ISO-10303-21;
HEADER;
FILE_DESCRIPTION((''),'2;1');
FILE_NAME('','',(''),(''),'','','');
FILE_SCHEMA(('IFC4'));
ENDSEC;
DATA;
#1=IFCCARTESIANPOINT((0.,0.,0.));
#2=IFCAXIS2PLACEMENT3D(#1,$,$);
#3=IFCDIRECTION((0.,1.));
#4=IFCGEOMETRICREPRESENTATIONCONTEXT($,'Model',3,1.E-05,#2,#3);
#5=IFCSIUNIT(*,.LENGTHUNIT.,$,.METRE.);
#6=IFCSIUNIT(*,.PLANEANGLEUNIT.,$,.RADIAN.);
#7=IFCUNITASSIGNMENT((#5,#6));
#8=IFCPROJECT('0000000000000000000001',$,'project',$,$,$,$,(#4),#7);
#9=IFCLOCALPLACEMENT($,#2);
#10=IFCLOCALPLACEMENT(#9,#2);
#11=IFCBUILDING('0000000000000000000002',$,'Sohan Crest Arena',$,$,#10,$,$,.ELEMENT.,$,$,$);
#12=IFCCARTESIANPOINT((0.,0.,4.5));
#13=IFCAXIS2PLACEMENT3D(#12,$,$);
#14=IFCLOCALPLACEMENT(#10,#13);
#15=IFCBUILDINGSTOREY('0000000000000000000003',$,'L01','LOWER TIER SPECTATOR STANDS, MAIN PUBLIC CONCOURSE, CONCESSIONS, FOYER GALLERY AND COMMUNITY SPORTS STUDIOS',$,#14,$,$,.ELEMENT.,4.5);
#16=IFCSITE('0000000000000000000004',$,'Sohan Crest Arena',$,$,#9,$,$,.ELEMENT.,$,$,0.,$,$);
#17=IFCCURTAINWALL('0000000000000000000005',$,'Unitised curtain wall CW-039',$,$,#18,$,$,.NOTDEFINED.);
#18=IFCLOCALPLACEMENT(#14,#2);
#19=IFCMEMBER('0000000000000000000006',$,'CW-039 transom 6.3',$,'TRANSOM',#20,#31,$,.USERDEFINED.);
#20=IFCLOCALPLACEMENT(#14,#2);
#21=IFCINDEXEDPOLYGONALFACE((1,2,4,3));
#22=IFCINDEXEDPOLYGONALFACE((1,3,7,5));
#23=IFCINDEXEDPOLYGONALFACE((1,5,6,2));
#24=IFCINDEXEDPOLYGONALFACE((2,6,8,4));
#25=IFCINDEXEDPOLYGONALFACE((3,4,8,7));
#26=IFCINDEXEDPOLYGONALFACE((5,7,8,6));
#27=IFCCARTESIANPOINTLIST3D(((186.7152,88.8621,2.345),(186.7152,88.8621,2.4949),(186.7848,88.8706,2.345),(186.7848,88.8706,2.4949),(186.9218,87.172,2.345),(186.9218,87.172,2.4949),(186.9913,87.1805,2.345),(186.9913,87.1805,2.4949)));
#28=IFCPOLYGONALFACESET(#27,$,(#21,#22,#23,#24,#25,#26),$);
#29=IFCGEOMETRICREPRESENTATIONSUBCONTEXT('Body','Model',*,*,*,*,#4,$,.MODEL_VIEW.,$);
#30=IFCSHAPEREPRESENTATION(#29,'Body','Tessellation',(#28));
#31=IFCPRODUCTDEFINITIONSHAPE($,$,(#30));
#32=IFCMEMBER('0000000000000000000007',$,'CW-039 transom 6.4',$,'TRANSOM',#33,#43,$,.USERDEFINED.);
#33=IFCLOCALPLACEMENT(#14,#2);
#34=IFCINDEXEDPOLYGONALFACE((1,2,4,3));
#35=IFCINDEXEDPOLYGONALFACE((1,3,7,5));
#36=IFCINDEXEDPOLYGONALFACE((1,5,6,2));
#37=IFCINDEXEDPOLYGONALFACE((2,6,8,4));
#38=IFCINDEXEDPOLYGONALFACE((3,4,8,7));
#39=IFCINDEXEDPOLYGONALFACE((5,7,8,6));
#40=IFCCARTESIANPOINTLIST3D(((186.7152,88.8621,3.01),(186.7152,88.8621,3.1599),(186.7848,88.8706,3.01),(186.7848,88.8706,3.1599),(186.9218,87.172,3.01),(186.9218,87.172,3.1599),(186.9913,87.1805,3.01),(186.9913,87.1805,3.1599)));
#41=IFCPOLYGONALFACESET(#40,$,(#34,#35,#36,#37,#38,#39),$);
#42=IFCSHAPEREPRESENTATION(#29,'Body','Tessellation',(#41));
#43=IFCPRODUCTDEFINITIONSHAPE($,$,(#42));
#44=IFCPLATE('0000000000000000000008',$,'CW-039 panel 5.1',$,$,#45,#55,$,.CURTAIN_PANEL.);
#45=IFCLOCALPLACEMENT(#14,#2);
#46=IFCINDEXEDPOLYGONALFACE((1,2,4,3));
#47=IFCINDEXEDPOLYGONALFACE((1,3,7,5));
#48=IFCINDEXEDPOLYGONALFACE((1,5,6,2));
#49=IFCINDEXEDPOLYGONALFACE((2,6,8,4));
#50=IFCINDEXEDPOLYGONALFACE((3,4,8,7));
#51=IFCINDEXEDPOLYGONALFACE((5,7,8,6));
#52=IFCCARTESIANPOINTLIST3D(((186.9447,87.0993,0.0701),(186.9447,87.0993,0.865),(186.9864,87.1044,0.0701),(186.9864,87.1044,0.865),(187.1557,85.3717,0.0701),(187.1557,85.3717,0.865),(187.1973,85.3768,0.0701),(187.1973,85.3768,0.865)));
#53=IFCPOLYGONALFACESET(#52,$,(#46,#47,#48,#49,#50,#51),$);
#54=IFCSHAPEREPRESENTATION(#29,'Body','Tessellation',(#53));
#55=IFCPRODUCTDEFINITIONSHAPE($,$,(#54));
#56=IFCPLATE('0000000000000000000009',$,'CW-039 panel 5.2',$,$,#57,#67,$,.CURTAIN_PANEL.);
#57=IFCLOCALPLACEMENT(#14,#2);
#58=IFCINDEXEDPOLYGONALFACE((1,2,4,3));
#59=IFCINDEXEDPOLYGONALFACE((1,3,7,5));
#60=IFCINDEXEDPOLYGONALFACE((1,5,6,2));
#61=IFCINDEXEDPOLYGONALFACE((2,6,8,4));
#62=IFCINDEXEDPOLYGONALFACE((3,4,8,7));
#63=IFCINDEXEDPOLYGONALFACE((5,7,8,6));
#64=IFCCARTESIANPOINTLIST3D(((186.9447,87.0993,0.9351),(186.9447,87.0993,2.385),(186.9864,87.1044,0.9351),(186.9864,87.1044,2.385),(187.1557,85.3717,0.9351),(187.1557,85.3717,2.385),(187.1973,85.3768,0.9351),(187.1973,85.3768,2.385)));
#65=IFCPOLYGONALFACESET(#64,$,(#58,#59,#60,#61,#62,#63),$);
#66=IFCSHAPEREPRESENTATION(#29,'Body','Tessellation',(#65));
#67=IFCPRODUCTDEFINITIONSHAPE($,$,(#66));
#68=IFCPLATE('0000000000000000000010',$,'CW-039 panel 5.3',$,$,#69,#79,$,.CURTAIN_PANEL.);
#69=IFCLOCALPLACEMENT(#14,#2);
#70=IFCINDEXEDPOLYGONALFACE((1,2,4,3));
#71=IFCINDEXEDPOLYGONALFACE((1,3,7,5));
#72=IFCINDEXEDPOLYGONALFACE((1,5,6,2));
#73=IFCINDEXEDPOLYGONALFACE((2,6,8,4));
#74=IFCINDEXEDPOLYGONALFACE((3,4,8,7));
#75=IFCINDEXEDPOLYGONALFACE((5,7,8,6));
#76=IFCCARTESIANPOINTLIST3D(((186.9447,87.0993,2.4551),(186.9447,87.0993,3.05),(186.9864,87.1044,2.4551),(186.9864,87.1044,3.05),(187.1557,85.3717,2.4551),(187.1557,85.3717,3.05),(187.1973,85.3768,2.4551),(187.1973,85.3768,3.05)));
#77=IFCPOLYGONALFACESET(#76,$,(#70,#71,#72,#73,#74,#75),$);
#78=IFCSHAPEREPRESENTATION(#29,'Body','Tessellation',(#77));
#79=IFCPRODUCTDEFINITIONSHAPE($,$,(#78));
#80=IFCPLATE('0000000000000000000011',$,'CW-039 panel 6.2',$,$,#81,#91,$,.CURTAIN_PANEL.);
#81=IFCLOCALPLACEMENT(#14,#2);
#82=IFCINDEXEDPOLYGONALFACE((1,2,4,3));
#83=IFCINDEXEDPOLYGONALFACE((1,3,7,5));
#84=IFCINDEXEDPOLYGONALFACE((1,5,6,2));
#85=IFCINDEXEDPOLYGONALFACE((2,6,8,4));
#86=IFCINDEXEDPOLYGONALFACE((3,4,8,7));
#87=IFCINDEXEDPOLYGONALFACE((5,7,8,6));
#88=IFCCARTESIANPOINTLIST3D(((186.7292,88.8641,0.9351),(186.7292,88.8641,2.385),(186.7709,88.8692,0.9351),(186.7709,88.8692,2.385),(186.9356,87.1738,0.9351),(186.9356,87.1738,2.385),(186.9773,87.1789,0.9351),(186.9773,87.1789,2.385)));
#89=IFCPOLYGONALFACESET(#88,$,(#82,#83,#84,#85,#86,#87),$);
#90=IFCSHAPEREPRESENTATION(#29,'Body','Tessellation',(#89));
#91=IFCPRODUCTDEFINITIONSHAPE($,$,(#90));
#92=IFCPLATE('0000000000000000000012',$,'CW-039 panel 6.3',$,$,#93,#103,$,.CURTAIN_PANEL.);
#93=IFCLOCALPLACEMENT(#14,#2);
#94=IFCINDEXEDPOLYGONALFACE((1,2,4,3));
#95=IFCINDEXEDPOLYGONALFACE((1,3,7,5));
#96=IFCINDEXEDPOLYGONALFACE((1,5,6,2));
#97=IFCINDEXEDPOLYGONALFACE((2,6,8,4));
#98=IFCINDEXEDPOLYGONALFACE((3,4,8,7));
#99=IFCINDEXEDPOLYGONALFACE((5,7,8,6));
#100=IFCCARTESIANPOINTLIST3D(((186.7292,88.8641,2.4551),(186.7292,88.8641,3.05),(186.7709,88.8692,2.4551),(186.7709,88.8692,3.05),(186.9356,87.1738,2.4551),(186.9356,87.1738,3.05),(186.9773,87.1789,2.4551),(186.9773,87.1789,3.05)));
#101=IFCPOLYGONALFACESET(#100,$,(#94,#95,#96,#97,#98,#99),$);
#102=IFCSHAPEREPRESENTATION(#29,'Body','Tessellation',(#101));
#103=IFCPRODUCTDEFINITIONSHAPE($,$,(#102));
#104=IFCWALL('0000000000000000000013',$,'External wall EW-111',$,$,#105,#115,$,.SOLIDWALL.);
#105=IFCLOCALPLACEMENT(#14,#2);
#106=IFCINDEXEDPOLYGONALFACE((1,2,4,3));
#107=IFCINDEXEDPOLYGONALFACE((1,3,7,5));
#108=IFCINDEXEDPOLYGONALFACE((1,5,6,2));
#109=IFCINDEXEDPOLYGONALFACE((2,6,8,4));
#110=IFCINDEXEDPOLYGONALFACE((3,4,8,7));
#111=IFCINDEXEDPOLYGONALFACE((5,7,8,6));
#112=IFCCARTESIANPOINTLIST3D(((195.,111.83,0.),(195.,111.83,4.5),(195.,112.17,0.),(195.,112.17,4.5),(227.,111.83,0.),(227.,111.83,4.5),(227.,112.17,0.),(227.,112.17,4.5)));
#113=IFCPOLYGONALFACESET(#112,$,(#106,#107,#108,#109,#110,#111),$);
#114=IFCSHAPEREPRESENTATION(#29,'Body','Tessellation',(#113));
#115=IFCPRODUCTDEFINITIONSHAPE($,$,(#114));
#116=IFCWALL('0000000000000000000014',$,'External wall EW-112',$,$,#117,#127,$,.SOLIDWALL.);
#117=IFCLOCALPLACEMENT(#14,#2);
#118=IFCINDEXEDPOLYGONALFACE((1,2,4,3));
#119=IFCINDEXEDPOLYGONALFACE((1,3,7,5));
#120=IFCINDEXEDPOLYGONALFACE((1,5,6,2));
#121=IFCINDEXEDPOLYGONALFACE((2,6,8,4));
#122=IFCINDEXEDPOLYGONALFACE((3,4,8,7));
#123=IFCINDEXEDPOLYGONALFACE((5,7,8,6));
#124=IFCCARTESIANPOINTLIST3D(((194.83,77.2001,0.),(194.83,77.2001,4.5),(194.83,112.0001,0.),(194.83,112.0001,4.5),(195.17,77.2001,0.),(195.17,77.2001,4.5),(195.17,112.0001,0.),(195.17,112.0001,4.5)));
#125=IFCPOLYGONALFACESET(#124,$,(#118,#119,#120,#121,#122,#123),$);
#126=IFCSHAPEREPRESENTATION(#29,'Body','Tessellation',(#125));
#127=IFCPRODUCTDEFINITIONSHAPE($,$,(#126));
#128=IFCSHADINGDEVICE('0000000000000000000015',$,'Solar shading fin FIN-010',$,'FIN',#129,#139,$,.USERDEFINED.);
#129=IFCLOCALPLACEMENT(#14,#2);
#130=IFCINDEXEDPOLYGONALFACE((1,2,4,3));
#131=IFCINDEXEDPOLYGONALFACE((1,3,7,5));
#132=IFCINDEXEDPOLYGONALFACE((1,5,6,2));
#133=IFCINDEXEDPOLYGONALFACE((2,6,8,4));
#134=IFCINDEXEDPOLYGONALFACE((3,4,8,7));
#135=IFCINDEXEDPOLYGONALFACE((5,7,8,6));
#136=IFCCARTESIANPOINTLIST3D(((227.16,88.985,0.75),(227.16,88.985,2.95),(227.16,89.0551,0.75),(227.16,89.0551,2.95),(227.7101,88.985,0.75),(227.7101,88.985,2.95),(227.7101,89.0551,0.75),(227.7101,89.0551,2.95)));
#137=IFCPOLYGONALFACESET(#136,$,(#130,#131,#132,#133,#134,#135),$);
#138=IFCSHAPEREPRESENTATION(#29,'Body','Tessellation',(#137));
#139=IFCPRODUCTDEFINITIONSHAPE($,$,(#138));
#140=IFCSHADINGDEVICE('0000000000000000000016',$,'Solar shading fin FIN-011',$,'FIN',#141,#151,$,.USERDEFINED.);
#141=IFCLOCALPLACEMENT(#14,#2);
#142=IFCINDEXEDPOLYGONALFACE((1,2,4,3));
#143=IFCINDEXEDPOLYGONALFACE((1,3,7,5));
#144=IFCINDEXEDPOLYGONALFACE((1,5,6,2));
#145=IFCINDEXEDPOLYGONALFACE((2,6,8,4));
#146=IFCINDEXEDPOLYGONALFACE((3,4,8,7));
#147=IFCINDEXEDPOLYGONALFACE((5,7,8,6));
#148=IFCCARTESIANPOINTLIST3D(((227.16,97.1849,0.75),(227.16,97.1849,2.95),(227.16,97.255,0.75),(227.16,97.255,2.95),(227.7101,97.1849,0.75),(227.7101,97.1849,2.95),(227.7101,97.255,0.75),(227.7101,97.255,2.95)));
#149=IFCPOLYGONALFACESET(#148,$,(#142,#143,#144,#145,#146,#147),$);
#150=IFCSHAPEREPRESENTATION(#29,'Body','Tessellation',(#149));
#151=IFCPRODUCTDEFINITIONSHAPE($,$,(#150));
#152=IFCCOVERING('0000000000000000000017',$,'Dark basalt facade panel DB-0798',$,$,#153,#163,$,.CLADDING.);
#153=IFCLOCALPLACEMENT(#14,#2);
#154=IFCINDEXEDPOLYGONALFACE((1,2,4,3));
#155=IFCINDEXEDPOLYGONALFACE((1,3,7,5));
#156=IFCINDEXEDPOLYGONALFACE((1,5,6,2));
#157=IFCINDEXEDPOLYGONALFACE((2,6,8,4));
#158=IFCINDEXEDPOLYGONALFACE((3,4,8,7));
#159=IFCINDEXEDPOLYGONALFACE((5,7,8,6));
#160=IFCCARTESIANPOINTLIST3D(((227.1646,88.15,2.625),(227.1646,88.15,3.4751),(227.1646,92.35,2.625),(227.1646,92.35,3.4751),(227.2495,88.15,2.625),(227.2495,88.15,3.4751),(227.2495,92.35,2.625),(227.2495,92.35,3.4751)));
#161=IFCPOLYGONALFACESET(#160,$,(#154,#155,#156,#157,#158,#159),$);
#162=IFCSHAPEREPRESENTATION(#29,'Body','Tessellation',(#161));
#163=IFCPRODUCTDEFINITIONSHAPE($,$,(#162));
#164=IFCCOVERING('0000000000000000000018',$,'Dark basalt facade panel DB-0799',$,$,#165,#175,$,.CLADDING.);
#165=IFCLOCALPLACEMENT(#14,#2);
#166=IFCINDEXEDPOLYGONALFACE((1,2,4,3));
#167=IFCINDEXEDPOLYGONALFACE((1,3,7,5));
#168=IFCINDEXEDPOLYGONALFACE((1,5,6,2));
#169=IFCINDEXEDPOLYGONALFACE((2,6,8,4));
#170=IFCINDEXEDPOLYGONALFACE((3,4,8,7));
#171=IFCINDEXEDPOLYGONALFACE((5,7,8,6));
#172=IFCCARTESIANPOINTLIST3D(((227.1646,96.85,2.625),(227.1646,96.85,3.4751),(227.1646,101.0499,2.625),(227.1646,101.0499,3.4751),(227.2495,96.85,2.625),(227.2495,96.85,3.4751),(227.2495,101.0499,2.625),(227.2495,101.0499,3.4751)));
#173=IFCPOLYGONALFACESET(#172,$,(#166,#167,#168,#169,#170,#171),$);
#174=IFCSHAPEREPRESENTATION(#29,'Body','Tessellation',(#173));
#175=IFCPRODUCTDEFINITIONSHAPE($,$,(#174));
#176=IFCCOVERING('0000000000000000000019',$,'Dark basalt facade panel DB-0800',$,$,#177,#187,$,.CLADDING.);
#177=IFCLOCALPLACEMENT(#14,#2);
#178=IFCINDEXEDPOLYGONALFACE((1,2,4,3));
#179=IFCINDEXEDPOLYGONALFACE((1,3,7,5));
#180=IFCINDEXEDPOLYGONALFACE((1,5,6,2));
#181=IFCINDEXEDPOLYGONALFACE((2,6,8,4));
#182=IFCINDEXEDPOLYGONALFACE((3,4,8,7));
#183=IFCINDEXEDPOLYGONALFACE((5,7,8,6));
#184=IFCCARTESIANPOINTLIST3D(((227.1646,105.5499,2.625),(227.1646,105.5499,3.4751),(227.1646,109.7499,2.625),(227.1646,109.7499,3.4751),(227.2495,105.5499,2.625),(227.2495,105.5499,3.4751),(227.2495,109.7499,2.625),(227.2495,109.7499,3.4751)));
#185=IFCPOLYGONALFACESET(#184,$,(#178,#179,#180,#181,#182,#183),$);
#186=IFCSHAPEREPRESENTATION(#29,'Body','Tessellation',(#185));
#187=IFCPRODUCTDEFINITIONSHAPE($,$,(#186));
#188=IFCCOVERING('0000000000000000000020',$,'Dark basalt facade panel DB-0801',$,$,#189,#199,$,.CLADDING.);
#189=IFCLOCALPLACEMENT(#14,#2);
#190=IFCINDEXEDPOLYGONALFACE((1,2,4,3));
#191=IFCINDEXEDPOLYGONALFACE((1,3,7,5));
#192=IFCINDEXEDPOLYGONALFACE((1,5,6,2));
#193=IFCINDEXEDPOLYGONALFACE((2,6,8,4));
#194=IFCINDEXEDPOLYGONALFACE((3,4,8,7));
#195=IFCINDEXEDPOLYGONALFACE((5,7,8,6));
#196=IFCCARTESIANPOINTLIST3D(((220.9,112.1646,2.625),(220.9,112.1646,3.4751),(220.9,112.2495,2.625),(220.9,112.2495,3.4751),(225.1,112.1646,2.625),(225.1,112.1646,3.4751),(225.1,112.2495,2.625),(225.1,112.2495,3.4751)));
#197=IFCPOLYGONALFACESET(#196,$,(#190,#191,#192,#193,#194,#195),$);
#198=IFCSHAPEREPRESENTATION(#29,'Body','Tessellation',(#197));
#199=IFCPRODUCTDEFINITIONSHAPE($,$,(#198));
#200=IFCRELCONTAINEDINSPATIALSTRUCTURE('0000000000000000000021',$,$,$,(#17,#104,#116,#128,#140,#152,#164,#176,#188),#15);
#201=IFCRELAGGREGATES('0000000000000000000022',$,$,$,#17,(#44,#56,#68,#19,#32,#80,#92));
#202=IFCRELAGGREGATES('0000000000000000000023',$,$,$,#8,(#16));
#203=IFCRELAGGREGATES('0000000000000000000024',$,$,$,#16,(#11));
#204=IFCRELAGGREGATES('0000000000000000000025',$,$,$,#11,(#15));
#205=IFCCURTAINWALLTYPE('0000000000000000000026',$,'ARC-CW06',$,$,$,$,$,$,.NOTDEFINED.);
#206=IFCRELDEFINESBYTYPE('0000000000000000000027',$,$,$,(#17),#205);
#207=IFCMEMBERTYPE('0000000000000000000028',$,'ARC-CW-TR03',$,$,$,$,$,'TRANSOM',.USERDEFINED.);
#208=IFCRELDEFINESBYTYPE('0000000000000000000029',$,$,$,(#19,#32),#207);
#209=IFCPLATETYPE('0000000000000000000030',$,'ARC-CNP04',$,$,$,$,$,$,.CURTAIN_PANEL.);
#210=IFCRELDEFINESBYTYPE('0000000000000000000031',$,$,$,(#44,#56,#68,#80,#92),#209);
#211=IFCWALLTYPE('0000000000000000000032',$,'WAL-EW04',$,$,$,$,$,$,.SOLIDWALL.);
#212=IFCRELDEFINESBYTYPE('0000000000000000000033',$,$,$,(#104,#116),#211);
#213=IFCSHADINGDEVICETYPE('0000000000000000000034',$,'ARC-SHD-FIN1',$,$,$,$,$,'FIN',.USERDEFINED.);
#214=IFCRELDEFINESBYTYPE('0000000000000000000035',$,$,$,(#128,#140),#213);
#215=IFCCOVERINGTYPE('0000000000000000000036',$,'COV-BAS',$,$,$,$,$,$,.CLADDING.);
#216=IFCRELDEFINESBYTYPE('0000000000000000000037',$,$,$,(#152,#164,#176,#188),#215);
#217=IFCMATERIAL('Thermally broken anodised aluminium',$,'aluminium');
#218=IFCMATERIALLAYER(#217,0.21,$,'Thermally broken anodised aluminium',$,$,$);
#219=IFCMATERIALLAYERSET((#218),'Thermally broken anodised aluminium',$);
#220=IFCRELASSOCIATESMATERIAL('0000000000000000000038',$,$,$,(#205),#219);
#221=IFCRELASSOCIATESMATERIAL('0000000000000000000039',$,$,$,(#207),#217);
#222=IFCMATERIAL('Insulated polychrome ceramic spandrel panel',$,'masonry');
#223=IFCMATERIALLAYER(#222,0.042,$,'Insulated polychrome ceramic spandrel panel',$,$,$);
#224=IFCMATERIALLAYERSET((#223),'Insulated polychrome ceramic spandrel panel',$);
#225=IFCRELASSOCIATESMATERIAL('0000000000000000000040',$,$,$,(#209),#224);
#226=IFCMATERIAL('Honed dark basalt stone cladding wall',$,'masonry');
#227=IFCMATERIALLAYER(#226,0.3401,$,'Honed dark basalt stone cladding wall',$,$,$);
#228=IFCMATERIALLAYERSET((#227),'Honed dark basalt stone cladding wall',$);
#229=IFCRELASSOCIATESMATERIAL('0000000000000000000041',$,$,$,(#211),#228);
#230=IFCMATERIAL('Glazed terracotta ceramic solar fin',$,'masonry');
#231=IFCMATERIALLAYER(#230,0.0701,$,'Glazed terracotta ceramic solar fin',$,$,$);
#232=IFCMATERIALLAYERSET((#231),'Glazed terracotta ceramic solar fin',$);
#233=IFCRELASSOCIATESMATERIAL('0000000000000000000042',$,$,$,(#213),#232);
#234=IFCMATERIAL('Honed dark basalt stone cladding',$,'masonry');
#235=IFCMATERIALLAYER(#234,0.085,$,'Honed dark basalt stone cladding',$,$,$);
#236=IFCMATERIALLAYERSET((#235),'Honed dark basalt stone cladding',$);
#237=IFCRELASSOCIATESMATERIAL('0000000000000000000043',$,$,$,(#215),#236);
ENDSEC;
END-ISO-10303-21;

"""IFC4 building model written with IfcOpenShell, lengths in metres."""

from ifc_helpers import new_model, si_unit, direction, frame, frame_2d, origin, origin_2d, place, context, subcontext, project, spatial, rectangle, extrude, material, layer, layer_set, material_profile, profile_set, type_object, element, aggregate, save


model = new_model("IFC4")

# Units and contexts
model_context = context("Model", 3, precision=1e-05, world=origin(), true_north=direction((0.0, 1.0)))
body_context = subcontext(model_context, "Body", "Model", "MODEL_VIEW")
ifc_project = project(units=[si_unit("LENGTHUNIT", "METRE"), si_unit("PLANEANGLEUNIT", "RADIAN")], contexts=[model_context])

# Site, building, storey
site_placement = place(None, origin())
site = spatial("IfcSite", under=ifc_project, at=site_placement, Name="Sohan Crest Arena", CompositionType="ELEMENT", RefElevation=0.0)
building_placement = place(site_placement, origin())
building = spatial("IfcBuilding", under=site, at=building_placement, Name="Sohan Crest Arena", CompositionType="ELEMENT")
storey_placement = place(building_placement, frame((0.0, 0.0, 4.5)))
storey = spatial("IfcBuildingStorey", under=building, at=storey_placement, Name="L01", Description="LOWER TIER SPECTATOR STANDS, MAIN PUBLIC CONCOURSE, CONCESSIONS, FOYER GALLERY AND COMMUNITY SPORTS STUDIOS", CompositionType="ELEMENT", Elevation=4.5)

# Curtain wall, members, plates
ifc_material_1 = material(Name="Thermally broken anodised aluminium", Category="aluminium")
ifc_layer_1 = layer(ifc_material_1, 0.21, Name="Thermally broken anodised aluminium")
ifc_layer_set_1 = layer_set([ifc_layer_1], Name="Thermally broken anodised aluminium")
curtain_wall_type = type_object("IfcCurtainWallType", Name="ARC-CW06", PredefinedType="NOTDEFINED", material=ifc_layer_set_1)
curtain_wall_placement = place(storey_placement, origin())
curtain_wall = element("IfcCurtainWall", 1, at=curtain_wall_placement, inside=storey, type_object=curtain_wall_type, Name="Unitised curtain wall CW-039", PredefinedType="NOTDEFINED")
ifc_material_profile_1 = material_profile(ifc_material_1, rectangle(XDim=0.0701, YDim=0.1499, at=origin_2d()), Name="ALU-TRAN 70x150")
ifc_profile_set_1 = profile_set([ifc_material_profile_1], Name="Thermally broken anodised aluminium")
member_type_1 = type_object("IfcMemberType", Name="ARC-CW-TR03", ElementType="TRANSOM", PredefinedType="USERDEFINED", material=ifc_profile_set_1)
member_1_placement = place(storey_placement, frame((186.9565, 87.1763, 2.4199), z_axis=(-0.121299, 0.992616, 0.0), x_axis=(-0.992616, -0.121299, 0.0)))
member_1 = element("IfcMember", 2, at=member_1_placement, type_object=member_type_1, Name="CW-039 transom 6.3", ObjectType="TRANSOM", PredefinedType="USERDEFINED", context=body_context, shape_type="SweptSolid", body=[
    extrude(rectangle(XDim=0.0701, YDim=0.1499, at=origin_2d()), origin(), (0.0, 0.0, 1.0), 1.7026),
])
member_2_placement = place(storey_placement, frame((186.9565, 87.1763, 3.085), z_axis=(-0.121299, 0.992616, 0.0), x_axis=(-0.992616, -0.121299, 0.0)))
member_2 = element("IfcMember", 3, at=member_2_placement, type_object=member_type_1, Name="CW-039 transom 6.4", ObjectType="TRANSOM", PredefinedType="USERDEFINED", context=body_context, shape_type="SweptSolid", body=[
    extrude(rectangle(XDim=0.0701, YDim=0.1499, at=origin_2d()), origin(), (0.0, 0.0, 1.0), 1.7026),
])
ifc_material_2 = material(Name="Insulated polychrome ceramic spandrel panel", Category="masonry")
ifc_layer_2 = layer(ifc_material_2, 0.042, Name="Insulated polychrome ceramic spandrel panel")
ifc_layer_set_2 = layer_set([ifc_layer_2], Name="Insulated polychrome ceramic spandrel panel")
plate_type = type_object("IfcPlateType", Name="ARC-CNP04", PredefinedType="CURTAIN_PANEL", material=ifc_layer_set_2)
plate_1_placement = place(storey_placement, frame((187.071, 86.238, 0.0701), z_axis=(0.0, 0.0, 1.0), x_axis=(-0.121187, 0.99263, 0.0)))
plate_1 = element("IfcPlate", 4, at=plate_1_placement, type_object=plate_type, Name="CW-039 panel 5.1", PredefinedType="CURTAIN_PANEL", context=body_context, shape_type="SweptSolid", body=[
    extrude(rectangle(XDim=1.7405, YDim=0.042, at=origin_2d()), origin(), (0.0, 0.0, 1.0), 0.7949),
])
plate_2_placement = place(storey_placement, frame((187.071, 86.238, 0.9351), z_axis=(0.0, 0.0, 1.0), x_axis=(-0.121187, 0.99263, 0.0)))
plate_2 = element("IfcPlate", 5, at=plate_2_placement, type_object=plate_type, Name="CW-039 panel 5.2", PredefinedType="CURTAIN_PANEL", context=body_context, shape_type="SweptSolid", body=[
    extrude(rectangle(XDim=1.7405, YDim=0.042, at=origin_2d()), origin(), (0.0, 0.0, 1.0), 1.45),
])
plate_3_placement = place(storey_placement, frame((187.071, 86.238, 2.4551), z_axis=(0.0, 0.0, 1.0), x_axis=(-0.121187, 0.99263, 0.0)))
plate_3 = element("IfcPlate", 6, at=plate_3_placement, type_object=plate_type, Name="CW-039 panel 5.3", PredefinedType="CURTAIN_PANEL", context=body_context, shape_type="SweptSolid", body=[
    extrude(rectangle(XDim=1.7405, YDim=0.042, at=origin_2d()), origin(), (0.0, 0.0, 1.0), 0.595),
])
plate_4_placement = place(storey_placement, frame((186.8533, 88.0215, 0.9351), z_axis=(0.0, 0.0, 1.0), x_axis=(-0.121187, 0.99263, 0.0)))
plate_4 = element("IfcPlate", 7, at=plate_4_placement, type_object=plate_type, Name="CW-039 panel 6.2", PredefinedType="CURTAIN_PANEL", context=body_context, shape_type="SweptSolid", body=[
    extrude(rectangle(XDim=1.7029, YDim=0.042, at=origin_2d()), origin(), (0.0, 0.0, 1.0), 1.45),
])
plate_5_placement = place(storey_placement, frame((186.8533, 88.0215, 2.4551), z_axis=(0.0, 0.0, 1.0), x_axis=(-0.121187, 0.99263, 0.0)))
plate_5 = element("IfcPlate", 8, at=plate_5_placement, type_object=plate_type, Name="CW-039 panel 6.3", PredefinedType="CURTAIN_PANEL", context=body_context, shape_type="SweptSolid", body=[
    extrude(rectangle(XDim=1.7029, YDim=0.042, at=origin_2d()), origin(), (0.0, 0.0, 1.0), 0.595),
])
aggregate(curtain_wall, [plate_1, plate_2, plate_3, member_1, member_2, plate_4, plate_5])

# Walls
ifc_material_3 = material(Name="Honed dark basalt stone cladding wall", Category="masonry")
ifc_layer_3 = layer(ifc_material_3, 0.3401, Name="Honed dark basalt stone cladding wall")
ifc_layer_set_3 = layer_set([ifc_layer_3], Name="Honed dark basalt stone cladding wall")
wall_type = type_object("IfcWallType", Name="WAL-EW04", PredefinedType="SOLIDWALL", material=ifc_layer_set_3)
wall_1_placement = place(storey_placement, frame((227.0, 112.0, 0.0), z_axis=(0.0, 0.0, 1.0), x_axis=(-1.0, 0.0, 0.0)))
element("IfcWall", 9, at=wall_1_placement, inside=storey, type_object=wall_type, Name="External wall EW-111", PredefinedType="SOLIDWALL", context=body_context, shape_type="SweptSolid", body=[
    extrude(rectangle(XDim=32.0, YDim=0.3401, at=frame_2d((16.0, 0.0))), origin(), (0.0, 0.0, 1.0), 4.5),
])
wall_2_placement = place(storey_placement, frame((195.0, 112.0, 0.0), z_axis=(0.0, 0.0, 1.0), x_axis=(0.0, -1.0, 0.0)))
element("IfcWall", 10, at=wall_2_placement, inside=storey, type_object=wall_type, Name="External wall EW-112", PredefinedType="SOLIDWALL", context=body_context, shape_type="SweptSolid", body=[
    extrude(rectangle(XDim=34.8, YDim=0.3401, at=frame_2d((17.3999, 0.0))), origin(), (0.0, 0.0, 1.0), 4.5),
])

# Shading devices
ifc_material_4 = material(Name="Glazed terracotta ceramic solar fin", Category="masonry")
ifc_layer_4 = layer(ifc_material_4, 0.0701, Name="Glazed terracotta ceramic solar fin")
ifc_layer_set_4 = layer_set([ifc_layer_4], Name="Glazed terracotta ceramic solar fin")
shading_device_type = type_object("IfcShadingDeviceType", Name="ARC-SHD-FIN1", ElementType="FIN", PredefinedType="USERDEFINED", material=ifc_layer_set_4)
for number, where, z_axis, x_axis, name in (
    (11, (227.4351, 89.02, 0.75), (0.0, 0.0, 1.0), (0.0, 1.0, 0.0), "Solar shading fin FIN-010"),
    (12, (227.4351, 97.22, 0.75), (0.0, 0.0, 1.0), (0.0, 1.0, 0.0), "Solar shading fin FIN-011"),
):
    element("IfcShadingDevice", number, at=place(storey_placement, frame(where, z_axis=z_axis, x_axis=x_axis)), inside=storey, type_object=shading_device_type, Name=name, ObjectType="FIN", PredefinedType="USERDEFINED", context=body_context, shape_type="SweptSolid", body=[
        extrude(rectangle(XDim=0.0701, YDim=0.55, at=origin_2d()), origin(), (0.0, 0.0, 1.0), 2.2),
    ])

# Coverings
ifc_material_5 = material(Name="Honed dark basalt stone cladding", Category="masonry")
ifc_layer_5 = layer(ifc_material_5, 0.085, Name="Honed dark basalt stone cladding")
ifc_layer_set_5 = layer_set([ifc_layer_5], Name="Honed dark basalt stone cladding")
covering_type_1 = type_object("IfcCoveringType", Name="COV-BAS", PredefinedType="CLADDING", material=ifc_layer_set_5)
for number, where, z_axis, x_axis, name in (
    (13, (227.207, 90.25, 2.625), (0.0, 0.0, 1.0), (0.0, 1.0, 0.0), "Dark basalt facade panel DB-0798"),
    (14, (227.207, 98.95, 2.625), (0.0, 0.0, 1.0), (0.0, 1.0, 0.0), "Dark basalt facade panel DB-0799"),
    (15, (227.207, 107.6499, 2.625), (0.0, 0.0, 1.0), (0.0, 1.0, 0.0), "Dark basalt facade panel DB-0800"),
    (16, (223.0, 112.207, 2.625), (0.0, 0.0, 1.0), (-1.0, 0.0, 0.0), "Dark basalt facade panel DB-0801"),
):
    element("IfcCovering", number, at=place(storey_placement, frame(where, z_axis=z_axis, x_axis=x_axis)), inside=storey, type_object=covering_type_1, Name=name, PredefinedType="CLADDING", context=body_context, shape_type="SweptSolid", body=[
        extrude(rectangle(XDim=4.2, YDim=0.085, at=origin_2d()), origin(), (0.0, 0.0, 1.0), 0.8501),
    ])

save(model, "model.ifc")
